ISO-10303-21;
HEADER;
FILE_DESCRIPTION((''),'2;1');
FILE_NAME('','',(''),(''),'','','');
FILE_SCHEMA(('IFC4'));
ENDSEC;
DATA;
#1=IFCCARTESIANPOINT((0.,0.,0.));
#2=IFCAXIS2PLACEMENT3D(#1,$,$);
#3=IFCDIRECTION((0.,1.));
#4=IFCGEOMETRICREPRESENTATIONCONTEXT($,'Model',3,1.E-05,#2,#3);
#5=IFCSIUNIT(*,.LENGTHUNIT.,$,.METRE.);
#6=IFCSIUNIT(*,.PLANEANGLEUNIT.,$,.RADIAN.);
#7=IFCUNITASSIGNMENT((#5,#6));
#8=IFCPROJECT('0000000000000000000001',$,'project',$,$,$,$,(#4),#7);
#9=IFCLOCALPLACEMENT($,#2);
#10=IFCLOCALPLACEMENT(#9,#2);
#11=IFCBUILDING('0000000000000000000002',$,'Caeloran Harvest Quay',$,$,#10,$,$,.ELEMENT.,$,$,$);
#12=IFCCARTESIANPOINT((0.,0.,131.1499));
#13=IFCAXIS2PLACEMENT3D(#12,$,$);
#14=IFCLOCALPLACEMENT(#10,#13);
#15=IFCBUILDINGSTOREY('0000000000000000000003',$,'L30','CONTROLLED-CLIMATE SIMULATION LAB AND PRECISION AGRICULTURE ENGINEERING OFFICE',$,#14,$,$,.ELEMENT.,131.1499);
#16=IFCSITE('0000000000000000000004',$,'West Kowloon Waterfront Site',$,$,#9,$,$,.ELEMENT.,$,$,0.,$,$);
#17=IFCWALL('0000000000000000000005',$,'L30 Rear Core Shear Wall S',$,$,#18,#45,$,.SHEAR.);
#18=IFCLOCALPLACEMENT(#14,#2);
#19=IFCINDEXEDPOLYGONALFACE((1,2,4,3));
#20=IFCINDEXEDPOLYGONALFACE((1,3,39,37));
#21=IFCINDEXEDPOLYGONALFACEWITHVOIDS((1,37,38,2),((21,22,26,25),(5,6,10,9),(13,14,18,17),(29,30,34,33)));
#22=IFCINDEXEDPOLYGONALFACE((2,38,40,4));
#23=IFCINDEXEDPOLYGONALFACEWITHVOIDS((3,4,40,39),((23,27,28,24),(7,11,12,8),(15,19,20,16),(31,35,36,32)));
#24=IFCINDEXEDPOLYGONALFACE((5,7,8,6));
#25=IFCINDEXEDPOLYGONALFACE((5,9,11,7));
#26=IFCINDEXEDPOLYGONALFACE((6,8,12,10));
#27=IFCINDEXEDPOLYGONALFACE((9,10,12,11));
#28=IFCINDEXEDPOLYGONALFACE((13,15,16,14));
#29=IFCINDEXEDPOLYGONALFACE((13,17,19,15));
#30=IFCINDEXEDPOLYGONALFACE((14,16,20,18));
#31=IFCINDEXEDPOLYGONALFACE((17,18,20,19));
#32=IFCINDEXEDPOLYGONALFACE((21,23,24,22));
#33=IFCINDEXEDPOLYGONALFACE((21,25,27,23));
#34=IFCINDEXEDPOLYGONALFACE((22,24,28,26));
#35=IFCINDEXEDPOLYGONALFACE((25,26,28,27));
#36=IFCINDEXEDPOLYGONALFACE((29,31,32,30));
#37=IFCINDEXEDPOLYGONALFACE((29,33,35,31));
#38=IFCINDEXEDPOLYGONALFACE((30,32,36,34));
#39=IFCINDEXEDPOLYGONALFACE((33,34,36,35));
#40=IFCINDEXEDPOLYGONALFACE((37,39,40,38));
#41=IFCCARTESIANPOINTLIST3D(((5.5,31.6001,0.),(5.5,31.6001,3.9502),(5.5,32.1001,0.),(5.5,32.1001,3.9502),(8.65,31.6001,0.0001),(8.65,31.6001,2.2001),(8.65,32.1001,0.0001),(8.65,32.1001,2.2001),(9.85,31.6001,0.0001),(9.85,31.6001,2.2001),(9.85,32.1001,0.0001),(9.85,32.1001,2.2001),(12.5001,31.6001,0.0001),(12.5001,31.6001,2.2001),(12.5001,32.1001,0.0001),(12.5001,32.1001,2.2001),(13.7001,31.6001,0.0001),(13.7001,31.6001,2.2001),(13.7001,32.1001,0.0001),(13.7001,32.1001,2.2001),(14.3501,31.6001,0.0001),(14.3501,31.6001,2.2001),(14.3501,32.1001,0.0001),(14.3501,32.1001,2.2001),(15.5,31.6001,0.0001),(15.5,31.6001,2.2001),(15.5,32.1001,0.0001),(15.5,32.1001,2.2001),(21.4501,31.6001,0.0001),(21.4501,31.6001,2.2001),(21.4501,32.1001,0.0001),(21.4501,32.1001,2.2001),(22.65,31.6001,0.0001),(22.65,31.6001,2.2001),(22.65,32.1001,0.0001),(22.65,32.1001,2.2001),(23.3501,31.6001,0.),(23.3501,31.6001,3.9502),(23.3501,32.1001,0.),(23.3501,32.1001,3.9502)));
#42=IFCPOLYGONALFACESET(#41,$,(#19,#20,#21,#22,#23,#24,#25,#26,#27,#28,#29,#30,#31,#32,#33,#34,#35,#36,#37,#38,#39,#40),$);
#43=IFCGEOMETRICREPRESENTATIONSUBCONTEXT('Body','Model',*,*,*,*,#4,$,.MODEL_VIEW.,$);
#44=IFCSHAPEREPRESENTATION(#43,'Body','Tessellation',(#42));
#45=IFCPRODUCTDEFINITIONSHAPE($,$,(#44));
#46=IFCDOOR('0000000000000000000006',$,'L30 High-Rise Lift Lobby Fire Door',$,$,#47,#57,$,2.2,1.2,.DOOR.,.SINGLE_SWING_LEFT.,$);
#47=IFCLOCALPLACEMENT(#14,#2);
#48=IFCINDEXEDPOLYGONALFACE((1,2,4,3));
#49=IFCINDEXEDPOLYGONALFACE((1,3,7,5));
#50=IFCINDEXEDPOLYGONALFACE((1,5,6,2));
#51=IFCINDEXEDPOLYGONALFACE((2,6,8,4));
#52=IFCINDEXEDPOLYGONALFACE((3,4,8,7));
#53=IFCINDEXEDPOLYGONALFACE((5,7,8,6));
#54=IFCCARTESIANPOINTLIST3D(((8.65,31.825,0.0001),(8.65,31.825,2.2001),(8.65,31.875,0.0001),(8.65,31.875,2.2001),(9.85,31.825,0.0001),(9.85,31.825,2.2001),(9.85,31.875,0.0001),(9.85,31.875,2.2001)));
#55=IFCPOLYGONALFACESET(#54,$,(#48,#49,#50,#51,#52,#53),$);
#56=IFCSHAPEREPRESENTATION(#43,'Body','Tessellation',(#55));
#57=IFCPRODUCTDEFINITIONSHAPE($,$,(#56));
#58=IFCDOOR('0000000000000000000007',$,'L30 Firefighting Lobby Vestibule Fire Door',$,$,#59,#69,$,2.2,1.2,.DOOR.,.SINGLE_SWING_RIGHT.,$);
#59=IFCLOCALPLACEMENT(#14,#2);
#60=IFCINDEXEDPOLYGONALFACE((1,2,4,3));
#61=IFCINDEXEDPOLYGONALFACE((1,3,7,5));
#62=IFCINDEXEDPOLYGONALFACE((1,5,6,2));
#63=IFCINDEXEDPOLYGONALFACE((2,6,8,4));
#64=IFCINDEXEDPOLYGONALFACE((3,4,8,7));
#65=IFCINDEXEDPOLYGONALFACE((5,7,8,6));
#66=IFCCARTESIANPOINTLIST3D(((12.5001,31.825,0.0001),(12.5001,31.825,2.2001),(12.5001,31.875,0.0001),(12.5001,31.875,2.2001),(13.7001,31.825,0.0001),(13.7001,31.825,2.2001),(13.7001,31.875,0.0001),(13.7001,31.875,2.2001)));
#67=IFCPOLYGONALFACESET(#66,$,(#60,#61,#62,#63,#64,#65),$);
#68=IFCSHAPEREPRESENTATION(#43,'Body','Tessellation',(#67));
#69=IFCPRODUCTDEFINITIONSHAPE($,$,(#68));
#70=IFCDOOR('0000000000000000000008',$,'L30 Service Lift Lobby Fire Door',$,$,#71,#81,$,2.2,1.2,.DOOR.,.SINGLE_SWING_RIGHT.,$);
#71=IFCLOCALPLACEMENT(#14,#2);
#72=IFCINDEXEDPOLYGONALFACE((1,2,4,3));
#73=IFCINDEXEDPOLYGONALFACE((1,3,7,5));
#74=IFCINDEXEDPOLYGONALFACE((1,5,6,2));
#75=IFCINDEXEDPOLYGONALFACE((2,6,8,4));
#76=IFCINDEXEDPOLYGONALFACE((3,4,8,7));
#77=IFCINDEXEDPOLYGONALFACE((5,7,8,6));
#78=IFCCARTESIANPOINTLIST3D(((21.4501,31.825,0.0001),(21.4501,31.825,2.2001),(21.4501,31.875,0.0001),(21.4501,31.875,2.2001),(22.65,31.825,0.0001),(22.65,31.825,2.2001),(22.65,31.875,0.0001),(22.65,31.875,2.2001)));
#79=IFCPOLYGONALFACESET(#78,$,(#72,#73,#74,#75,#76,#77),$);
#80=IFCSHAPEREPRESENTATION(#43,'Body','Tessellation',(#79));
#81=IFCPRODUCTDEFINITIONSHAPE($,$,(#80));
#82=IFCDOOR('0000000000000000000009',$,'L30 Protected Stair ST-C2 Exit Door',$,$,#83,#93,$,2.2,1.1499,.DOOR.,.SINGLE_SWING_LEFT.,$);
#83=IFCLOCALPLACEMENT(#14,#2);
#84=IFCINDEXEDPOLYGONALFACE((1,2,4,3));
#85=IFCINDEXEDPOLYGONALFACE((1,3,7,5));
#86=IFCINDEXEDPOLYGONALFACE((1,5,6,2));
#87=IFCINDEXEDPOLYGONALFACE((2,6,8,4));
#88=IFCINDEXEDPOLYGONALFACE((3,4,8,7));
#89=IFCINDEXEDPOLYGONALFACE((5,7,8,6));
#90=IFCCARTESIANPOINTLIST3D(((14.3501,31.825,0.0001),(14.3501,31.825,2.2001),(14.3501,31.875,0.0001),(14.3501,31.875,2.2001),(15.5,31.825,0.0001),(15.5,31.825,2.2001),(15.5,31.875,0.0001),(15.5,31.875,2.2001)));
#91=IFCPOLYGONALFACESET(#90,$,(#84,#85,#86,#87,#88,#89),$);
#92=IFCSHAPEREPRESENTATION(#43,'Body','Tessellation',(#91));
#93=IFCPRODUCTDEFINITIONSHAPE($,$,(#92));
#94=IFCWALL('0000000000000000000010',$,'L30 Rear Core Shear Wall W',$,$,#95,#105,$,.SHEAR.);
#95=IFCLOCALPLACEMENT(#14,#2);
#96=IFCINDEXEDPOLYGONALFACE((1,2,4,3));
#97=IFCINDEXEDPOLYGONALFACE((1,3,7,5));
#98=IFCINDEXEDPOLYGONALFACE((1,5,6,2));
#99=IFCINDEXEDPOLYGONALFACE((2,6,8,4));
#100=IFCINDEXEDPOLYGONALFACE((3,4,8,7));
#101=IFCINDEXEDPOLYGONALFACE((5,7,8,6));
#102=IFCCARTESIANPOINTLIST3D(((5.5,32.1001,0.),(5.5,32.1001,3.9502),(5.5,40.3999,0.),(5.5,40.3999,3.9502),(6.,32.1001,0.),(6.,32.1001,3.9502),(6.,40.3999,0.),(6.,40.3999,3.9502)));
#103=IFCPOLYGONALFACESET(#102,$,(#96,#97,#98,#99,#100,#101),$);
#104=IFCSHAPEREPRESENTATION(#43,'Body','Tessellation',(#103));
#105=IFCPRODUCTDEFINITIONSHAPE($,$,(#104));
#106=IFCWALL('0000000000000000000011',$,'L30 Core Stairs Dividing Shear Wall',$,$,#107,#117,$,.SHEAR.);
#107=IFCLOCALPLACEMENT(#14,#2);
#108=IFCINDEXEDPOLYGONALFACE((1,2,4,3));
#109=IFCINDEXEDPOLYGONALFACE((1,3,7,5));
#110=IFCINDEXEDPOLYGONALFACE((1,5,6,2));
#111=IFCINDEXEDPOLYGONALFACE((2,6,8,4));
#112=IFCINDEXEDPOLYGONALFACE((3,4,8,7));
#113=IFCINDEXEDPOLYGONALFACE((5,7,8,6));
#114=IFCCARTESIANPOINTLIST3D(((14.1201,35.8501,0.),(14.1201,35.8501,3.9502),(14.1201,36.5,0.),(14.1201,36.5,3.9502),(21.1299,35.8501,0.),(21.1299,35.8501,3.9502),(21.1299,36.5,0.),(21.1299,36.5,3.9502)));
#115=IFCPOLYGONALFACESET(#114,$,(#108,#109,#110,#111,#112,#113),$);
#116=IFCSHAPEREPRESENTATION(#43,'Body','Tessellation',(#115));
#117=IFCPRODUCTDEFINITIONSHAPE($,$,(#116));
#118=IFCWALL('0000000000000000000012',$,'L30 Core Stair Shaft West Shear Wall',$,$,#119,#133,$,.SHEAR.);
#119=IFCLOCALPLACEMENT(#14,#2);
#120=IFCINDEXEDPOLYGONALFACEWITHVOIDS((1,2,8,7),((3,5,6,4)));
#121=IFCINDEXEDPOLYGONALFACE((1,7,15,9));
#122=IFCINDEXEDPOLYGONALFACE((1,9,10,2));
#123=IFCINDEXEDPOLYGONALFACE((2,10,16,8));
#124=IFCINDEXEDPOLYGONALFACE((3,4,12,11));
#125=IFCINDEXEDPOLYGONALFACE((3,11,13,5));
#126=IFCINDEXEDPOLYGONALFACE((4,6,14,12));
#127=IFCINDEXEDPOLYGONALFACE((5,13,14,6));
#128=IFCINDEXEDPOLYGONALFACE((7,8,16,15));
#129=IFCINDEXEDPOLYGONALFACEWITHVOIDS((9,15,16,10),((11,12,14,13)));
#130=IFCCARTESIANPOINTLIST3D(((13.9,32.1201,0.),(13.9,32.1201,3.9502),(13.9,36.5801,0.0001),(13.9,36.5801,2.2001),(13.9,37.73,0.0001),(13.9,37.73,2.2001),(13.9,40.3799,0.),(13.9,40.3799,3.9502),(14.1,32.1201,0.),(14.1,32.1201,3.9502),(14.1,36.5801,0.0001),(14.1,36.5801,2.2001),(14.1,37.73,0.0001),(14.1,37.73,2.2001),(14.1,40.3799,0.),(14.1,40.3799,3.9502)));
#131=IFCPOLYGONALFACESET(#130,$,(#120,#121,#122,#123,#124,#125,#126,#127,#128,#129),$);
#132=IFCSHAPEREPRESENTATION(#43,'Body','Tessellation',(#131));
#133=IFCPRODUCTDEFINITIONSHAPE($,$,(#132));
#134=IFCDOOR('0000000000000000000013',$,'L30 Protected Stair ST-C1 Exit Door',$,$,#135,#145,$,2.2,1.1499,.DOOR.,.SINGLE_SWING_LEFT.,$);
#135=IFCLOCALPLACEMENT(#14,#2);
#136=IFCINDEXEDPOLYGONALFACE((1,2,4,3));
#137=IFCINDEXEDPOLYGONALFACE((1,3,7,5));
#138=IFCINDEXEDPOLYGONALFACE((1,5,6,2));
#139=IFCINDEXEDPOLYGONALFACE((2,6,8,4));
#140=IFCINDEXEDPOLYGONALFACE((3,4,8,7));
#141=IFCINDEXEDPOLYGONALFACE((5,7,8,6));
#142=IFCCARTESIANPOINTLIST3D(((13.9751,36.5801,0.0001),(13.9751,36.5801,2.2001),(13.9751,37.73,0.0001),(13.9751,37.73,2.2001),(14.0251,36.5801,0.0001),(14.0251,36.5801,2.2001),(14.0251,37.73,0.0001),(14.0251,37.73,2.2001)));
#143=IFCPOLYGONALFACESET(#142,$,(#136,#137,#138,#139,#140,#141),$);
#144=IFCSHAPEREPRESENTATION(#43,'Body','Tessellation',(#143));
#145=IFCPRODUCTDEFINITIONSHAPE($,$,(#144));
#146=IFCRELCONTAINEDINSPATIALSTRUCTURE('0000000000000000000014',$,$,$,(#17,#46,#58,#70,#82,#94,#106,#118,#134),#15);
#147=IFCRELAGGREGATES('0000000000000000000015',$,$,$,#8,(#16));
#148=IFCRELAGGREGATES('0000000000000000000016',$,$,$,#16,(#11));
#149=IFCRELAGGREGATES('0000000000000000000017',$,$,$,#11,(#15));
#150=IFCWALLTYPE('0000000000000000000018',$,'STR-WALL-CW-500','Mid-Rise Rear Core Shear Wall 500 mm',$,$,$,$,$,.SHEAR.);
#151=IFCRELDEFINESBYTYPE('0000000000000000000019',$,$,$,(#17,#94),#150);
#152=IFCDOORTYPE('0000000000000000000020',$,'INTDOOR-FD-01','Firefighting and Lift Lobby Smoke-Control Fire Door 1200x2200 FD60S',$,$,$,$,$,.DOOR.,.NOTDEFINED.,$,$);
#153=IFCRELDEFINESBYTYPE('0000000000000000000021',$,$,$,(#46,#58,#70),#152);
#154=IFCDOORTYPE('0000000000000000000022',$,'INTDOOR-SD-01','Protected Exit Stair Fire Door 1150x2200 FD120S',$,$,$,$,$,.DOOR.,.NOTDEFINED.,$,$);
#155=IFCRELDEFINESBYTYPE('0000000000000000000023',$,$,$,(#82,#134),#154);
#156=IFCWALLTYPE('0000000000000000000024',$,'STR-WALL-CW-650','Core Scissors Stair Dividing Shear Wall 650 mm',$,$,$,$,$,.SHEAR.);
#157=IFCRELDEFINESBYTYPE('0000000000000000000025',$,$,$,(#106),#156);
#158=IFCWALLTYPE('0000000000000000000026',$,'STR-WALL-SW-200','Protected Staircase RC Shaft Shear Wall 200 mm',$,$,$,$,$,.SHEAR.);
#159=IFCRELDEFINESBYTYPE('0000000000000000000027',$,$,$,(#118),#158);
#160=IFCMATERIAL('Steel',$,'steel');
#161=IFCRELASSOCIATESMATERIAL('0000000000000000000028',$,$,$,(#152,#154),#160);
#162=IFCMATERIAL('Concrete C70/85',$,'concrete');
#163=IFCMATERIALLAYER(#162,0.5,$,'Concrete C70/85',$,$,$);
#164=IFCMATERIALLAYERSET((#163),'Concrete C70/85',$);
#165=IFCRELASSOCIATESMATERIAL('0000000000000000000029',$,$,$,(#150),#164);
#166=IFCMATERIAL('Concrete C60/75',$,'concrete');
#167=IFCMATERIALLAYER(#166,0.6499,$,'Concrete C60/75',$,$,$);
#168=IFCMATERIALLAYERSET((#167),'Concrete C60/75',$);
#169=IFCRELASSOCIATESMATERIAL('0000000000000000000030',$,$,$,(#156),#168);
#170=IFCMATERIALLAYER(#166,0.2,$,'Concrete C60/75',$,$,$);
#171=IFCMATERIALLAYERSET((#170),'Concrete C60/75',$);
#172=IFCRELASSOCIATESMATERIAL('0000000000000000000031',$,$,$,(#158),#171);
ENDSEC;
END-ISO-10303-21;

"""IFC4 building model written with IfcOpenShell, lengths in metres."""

from ifc_helpers import new_model, si_unit, direction, frame, frame_2d, origin, place, context, subcontext, project, spatial, rectangle, extrude, material, layer, layer_set, type_object, element, fill, save


model = new_model("IFC4")

# Units and contexts
model_context = context("Model", 3, precision=1e-05, world=origin(), true_north=direction((0.0, 1.0)))
body_context = subcontext(model_context, "Body", "Model", "MODEL_VIEW")
ifc_project = project(units=[si_unit("LENGTHUNIT", "METRE"), si_unit("PLANEANGLEUNIT", "RADIAN")], contexts=[model_context])

# Site, building, storey
site_placement = place(None, origin())
site = spatial("IfcSite", under=ifc_project, at=site_placement, Name="West Kowloon Waterfront Site", CompositionType="ELEMENT", RefElevation=0.0)
building_placement = place(site_placement, origin())
building = spatial("IfcBuilding", under=site, at=building_placement, Name="Caeloran Harvest Quay", CompositionType="ELEMENT")
storey_placement = place(building_placement, frame((0.0, 0.0, 131.1499)))
storey = spatial("IfcBuildingStorey", under=building, at=storey_placement, Name="L30", Description="CONTROLLED-CLIMATE SIMULATION LAB AND PRECISION AGRICULTURE ENGINEERING OFFICE", CompositionType="ELEMENT", Elevation=131.1499)

# Shared definitions
ifc_material_1 = material(Name="Concrete C70/85", Category="concrete")

# Shared definitions
ifc_material_2 = material(Name="Concrete C60/75", Category="concrete")

# Shared definitions
ifc_material_3 = material(Name="Steel", Category="steel")
door_type_1 = type_object("IfcDoorType", Name="INTDOOR-FD-01", Description="Firefighting and Lift Lobby Smoke-Control Fire Door 1200x2200 FD60S", OperationType="NOTDEFINED", PredefinedType="DOOR", material=ifc_material_3)

# Wall, openings, doors
ifc_layer_1 = layer(ifc_material_1, 0.5, Name="Concrete C70/85")
ifc_layer_set_1 = layer_set([ifc_layer_1], Name="Concrete C70/85")
wall_type_1 = type_object("IfcWallType", Name="STR-WALL-CW-500", Description="Mid-Rise Rear Core Shear Wall 500 mm", PredefinedType="SHEAR", material=ifc_layer_set_1)
wall_1_placement = place(storey_placement, frame((5.5, 31.8501, 0.0), z_axis=(0.0, 0.0, 1.0), x_axis=(1.0, 0.0, 0.0)))
wall_1 = element("IfcWall", 1, at=wall_1_placement, inside=storey, type_object=wall_type_1, Name="L30 Rear Core Shear Wall S", PredefinedType="SHEAR", context=body_context, shape_type="SweptSolid", body=[
    extrude(rectangle(XDim=17.8501, YDim=0.5, at=frame_2d((8.925, 0.0))), origin(), (0.0, 0.0, 1.0), 3.9502),
])
opening_1_placement = place(wall_1_placement, frame((3.1499, 0.0, 0.0)))
opening_1 = element("IfcOpeningElement", 2, at=opening_1_placement, cuts=wall_1, PredefinedType="OPENING", context=body_context, shape_type="SweptSolid", body=[
    extrude(rectangle(XDim=1.2, YDim=2.2, at=frame_2d((0.6001, 1.1001))), frame((0.0, 0.26, 0.0), z_axis=(0.0, -1.0, 0.0), x_axis=(1.0, 0.0, 0.0)), (0.0, 0.0, 1.0), 0.52),
])
opening_2_placement = place(wall_1_placement, frame((7.0, 0.0, 0.0)))
opening_2 = element("IfcOpeningElement", 3, at=opening_2_placement, cuts=wall_1, PredefinedType="OPENING", context=body_context, shape_type="SweptSolid", body=[
    extrude(rectangle(XDim=1.2, YDim=2.2, at=frame_2d((0.6001, 1.1001))), frame((0.0, 0.26, 0.0), z_axis=(0.0, -1.0, 0.0), x_axis=(1.0, 0.0, 0.0)), (0.0, 0.0, 1.0), 0.52),
])
opening_3_placement = place(wall_1_placement, frame((8.8501, 0.0, 0.0)))
opening_3 = element("IfcOpeningElement", 4, at=opening_3_placement, cuts=wall_1, PredefinedType="OPENING", context=body_context, shape_type="SweptSolid", body=[
    extrude(rectangle(XDim=1.1499, YDim=2.2, at=frame_2d((0.575, 1.1001))), frame((0.0, 0.26, 0.0), z_axis=(0.0, -1.0, 0.0), x_axis=(1.0, 0.0, 0.0)), (0.0, 0.0, 1.0), 0.52),
])
opening_4_placement = place(wall_1_placement, frame((15.95, 0.0, 0.0)))
opening_4 = element("IfcOpeningElement", 5, at=opening_4_placement, cuts=wall_1, PredefinedType="OPENING", context=body_context, shape_type="SweptSolid", body=[
    extrude(rectangle(XDim=1.2, YDim=2.2, at=frame_2d((0.6001, 1.1001))), frame((0.0, 0.26, 0.0), z_axis=(0.0, -1.0, 0.0), x_axis=(1.0, 0.0, 0.0)), (0.0, 0.0, 1.0), 0.52),
])
door_1_placement = place(opening_1_placement, origin())
door_1 = element("IfcDoor", 6, at=door_1_placement, inside=storey, type_object=door_type_1, Name="L30 High-Rise Lift Lobby Fire Door", OperationType="SINGLE_SWING_LEFT", OverallHeight=2.2, OverallWidth=1.2, PredefinedType="DOOR", context=body_context, shape_type="SweptSolid", body=[
    extrude(rectangle(XDim=1.2, YDim=2.2, at=frame_2d((0.6001, 1.1001))), frame((0.0, 0.0249, 0.0), z_axis=(0.0, -1.0, 0.0), x_axis=(1.0, 0.0, 0.0)), (0.0, 0.0, 1.0), 0.05),
])
fill(opening_1, door_1)
door_2_placement = place(opening_2_placement, origin())
door_2 = element("IfcDoor", 7, at=door_2_placement, inside=storey, type_object=door_type_1, Name="L30 Firefighting Lobby Vestibule Fire Door", OperationType="SINGLE_SWING_RIGHT", OverallHeight=2.2, OverallWidth=1.2, PredefinedType="DOOR", context=body_context, shape_type="SweptSolid", body=[
    extrude(rectangle(XDim=1.2, YDim=2.2, at=frame_2d((0.6001, 1.1001))), frame((0.0, 0.0249, 0.0), z_axis=(0.0, -1.0, 0.0), x_axis=(1.0, 0.0, 0.0)), (0.0, 0.0, 1.0), 0.05),
])
fill(opening_2, door_2)
door_3_placement = place(opening_4_placement, origin())
door_3 = element("IfcDoor", 8, at=door_3_placement, inside=storey, type_object=door_type_1, Name="L30 Service Lift Lobby Fire Door", OperationType="SINGLE_SWING_RIGHT", OverallHeight=2.2, OverallWidth=1.2, PredefinedType="DOOR", context=body_context, shape_type="SweptSolid", body=[
    extrude(rectangle(XDim=1.2, YDim=2.2, at=frame_2d((0.6001, 1.1001))), frame((0.0, 0.0249, 0.0), z_axis=(0.0, -1.0, 0.0), x_axis=(1.0, 0.0, 0.0)), (0.0, 0.0, 1.0), 0.05),
])
fill(opening_4, door_3)
door_type_2 = type_object("IfcDoorType", Name="INTDOOR-SD-01", Description="Protected Exit Stair Fire Door 1150x2200 FD120S", OperationType="NOTDEFINED", PredefinedType="DOOR", material=ifc_material_3)
door_4_placement = place(opening_3_placement, origin())
door_4 = element("IfcDoor", 9, at=door_4_placement, inside=storey, type_object=door_type_2, Name="L30 Protected Stair ST-C2 Exit Door", OperationType="SINGLE_SWING_LEFT", OverallHeight=2.2, OverallWidth=1.1499, PredefinedType="DOOR", context=body_context, shape_type="SweptSolid", body=[
    extrude(rectangle(XDim=1.1499, YDim=2.2, at=frame_2d((0.575, 1.1001))), frame((0.0, 0.0249, 0.0), z_axis=(0.0, -1.0, 0.0), x_axis=(1.0, 0.0, 0.0)), (0.0, 0.0, 1.0), 0.05),
])
fill(opening_3, door_4)

# Walls
wall_2_placement = place(storey_placement, frame((5.75, 32.1001, 0.0), z_axis=(0.0, 0.0, 1.0), x_axis=(0.0, 1.0, 0.0)))
element("IfcWall", 10, at=wall_2_placement, inside=storey, type_object=wall_type_1, Name="L30 Rear Core Shear Wall W", PredefinedType="SHEAR", context=body_context, shape_type="SweptSolid", body=[
    extrude(rectangle(XDim=8.2998, YDim=0.5, at=frame_2d((4.1499, 0.0))), origin(), (0.0, 0.0, 1.0), 3.9502),
])
ifc_layer_2 = layer(ifc_material_2, 0.6499, Name="Concrete C60/75")
ifc_layer_set_2 = layer_set([ifc_layer_2], Name="Concrete C60/75")
wall_type_2 = type_object("IfcWallType", Name="STR-WALL-CW-650", Description="Core Scissors Stair Dividing Shear Wall 650 mm", PredefinedType="SHEAR", material=ifc_layer_set_2)
wall_3_placement = place(storey_placement, frame((14.1201, 36.175, 0.0), z_axis=(0.0, 0.0, 1.0), x_axis=(1.0, 0.0, 0.0)))
element("IfcWall", 11, at=wall_3_placement, inside=storey, type_object=wall_type_2, Name="L30 Core Stairs Dividing Shear Wall", PredefinedType="SHEAR", context=body_context, shape_type="SweptSolid", body=[
    extrude(rectangle(XDim=7.0098, YDim=0.6499, at=frame_2d((3.5049, 0.0))), origin(), (0.0, 0.0, 1.0), 3.9502),
])

# Wall, opening, door
ifc_layer_3 = layer(ifc_material_2, 0.2, Name="Concrete C60/75")
ifc_layer_set_3 = layer_set([ifc_layer_3], Name="Concrete C60/75")
wall_type_3 = type_object("IfcWallType", Name="STR-WALL-SW-200", Description="Protected Staircase RC Shaft Shear Wall 200 mm", PredefinedType="SHEAR", material=ifc_layer_set_3)
wall_4_placement = place(storey_placement, frame((14.0, 32.1201, 0.0), z_axis=(0.0, 0.0, 1.0), x_axis=(0.0, 1.0, 0.0)))
wall_4 = element("IfcWall", 12, at=wall_4_placement, inside=storey, type_object=wall_type_3, Name="L30 Core Stair Shaft West Shear Wall", PredefinedType="SHEAR", context=body_context, shape_type="SweptSolid", body=[
    extrude(rectangle(XDim=8.2598, YDim=0.2, at=frame_2d((4.1299, 0.0))), origin(), (0.0, 0.0, 1.0), 3.9502),
])
opening_5_placement = place(wall_4_placement, frame((4.46, 0.0, 0.0)))
opening_5 = element("IfcOpeningElement", 13, at=opening_5_placement, cuts=wall_4, PredefinedType="OPENING", context=body_context, shape_type="SweptSolid", body=[
    extrude(rectangle(XDim=1.1499, YDim=2.2, at=frame_2d((0.575, 1.1001))), frame((0.0, 0.1099, 0.0), z_axis=(0.0, -1.0, 0.0), x_axis=(1.0, 0.0, 0.0)), (0.0, 0.0, 1.0), 0.22),
])
door_5_placement = place(opening_5_placement, origin())
door_5 = element("IfcDoor", 14, at=door_5_placement, inside=storey, type_object=door_type_2, Name="L30 Protected Stair ST-C1 Exit Door", OperationType="SINGLE_SWING_LEFT", OverallHeight=2.2, OverallWidth=1.1499, PredefinedType="DOOR", context=body_context, shape_type="SweptSolid", body=[
    extrude(rectangle(XDim=1.1499, YDim=2.2, at=frame_2d((0.575, 1.1001))), frame((0.0, 0.0249, 0.0), z_axis=(0.0, -1.0, 0.0), x_axis=(1.0, 0.0, 0.0)), (0.0, 0.0, 1.0), 0.05),
])
fill(opening_5, door_5)

save(model, "model.ifc")
